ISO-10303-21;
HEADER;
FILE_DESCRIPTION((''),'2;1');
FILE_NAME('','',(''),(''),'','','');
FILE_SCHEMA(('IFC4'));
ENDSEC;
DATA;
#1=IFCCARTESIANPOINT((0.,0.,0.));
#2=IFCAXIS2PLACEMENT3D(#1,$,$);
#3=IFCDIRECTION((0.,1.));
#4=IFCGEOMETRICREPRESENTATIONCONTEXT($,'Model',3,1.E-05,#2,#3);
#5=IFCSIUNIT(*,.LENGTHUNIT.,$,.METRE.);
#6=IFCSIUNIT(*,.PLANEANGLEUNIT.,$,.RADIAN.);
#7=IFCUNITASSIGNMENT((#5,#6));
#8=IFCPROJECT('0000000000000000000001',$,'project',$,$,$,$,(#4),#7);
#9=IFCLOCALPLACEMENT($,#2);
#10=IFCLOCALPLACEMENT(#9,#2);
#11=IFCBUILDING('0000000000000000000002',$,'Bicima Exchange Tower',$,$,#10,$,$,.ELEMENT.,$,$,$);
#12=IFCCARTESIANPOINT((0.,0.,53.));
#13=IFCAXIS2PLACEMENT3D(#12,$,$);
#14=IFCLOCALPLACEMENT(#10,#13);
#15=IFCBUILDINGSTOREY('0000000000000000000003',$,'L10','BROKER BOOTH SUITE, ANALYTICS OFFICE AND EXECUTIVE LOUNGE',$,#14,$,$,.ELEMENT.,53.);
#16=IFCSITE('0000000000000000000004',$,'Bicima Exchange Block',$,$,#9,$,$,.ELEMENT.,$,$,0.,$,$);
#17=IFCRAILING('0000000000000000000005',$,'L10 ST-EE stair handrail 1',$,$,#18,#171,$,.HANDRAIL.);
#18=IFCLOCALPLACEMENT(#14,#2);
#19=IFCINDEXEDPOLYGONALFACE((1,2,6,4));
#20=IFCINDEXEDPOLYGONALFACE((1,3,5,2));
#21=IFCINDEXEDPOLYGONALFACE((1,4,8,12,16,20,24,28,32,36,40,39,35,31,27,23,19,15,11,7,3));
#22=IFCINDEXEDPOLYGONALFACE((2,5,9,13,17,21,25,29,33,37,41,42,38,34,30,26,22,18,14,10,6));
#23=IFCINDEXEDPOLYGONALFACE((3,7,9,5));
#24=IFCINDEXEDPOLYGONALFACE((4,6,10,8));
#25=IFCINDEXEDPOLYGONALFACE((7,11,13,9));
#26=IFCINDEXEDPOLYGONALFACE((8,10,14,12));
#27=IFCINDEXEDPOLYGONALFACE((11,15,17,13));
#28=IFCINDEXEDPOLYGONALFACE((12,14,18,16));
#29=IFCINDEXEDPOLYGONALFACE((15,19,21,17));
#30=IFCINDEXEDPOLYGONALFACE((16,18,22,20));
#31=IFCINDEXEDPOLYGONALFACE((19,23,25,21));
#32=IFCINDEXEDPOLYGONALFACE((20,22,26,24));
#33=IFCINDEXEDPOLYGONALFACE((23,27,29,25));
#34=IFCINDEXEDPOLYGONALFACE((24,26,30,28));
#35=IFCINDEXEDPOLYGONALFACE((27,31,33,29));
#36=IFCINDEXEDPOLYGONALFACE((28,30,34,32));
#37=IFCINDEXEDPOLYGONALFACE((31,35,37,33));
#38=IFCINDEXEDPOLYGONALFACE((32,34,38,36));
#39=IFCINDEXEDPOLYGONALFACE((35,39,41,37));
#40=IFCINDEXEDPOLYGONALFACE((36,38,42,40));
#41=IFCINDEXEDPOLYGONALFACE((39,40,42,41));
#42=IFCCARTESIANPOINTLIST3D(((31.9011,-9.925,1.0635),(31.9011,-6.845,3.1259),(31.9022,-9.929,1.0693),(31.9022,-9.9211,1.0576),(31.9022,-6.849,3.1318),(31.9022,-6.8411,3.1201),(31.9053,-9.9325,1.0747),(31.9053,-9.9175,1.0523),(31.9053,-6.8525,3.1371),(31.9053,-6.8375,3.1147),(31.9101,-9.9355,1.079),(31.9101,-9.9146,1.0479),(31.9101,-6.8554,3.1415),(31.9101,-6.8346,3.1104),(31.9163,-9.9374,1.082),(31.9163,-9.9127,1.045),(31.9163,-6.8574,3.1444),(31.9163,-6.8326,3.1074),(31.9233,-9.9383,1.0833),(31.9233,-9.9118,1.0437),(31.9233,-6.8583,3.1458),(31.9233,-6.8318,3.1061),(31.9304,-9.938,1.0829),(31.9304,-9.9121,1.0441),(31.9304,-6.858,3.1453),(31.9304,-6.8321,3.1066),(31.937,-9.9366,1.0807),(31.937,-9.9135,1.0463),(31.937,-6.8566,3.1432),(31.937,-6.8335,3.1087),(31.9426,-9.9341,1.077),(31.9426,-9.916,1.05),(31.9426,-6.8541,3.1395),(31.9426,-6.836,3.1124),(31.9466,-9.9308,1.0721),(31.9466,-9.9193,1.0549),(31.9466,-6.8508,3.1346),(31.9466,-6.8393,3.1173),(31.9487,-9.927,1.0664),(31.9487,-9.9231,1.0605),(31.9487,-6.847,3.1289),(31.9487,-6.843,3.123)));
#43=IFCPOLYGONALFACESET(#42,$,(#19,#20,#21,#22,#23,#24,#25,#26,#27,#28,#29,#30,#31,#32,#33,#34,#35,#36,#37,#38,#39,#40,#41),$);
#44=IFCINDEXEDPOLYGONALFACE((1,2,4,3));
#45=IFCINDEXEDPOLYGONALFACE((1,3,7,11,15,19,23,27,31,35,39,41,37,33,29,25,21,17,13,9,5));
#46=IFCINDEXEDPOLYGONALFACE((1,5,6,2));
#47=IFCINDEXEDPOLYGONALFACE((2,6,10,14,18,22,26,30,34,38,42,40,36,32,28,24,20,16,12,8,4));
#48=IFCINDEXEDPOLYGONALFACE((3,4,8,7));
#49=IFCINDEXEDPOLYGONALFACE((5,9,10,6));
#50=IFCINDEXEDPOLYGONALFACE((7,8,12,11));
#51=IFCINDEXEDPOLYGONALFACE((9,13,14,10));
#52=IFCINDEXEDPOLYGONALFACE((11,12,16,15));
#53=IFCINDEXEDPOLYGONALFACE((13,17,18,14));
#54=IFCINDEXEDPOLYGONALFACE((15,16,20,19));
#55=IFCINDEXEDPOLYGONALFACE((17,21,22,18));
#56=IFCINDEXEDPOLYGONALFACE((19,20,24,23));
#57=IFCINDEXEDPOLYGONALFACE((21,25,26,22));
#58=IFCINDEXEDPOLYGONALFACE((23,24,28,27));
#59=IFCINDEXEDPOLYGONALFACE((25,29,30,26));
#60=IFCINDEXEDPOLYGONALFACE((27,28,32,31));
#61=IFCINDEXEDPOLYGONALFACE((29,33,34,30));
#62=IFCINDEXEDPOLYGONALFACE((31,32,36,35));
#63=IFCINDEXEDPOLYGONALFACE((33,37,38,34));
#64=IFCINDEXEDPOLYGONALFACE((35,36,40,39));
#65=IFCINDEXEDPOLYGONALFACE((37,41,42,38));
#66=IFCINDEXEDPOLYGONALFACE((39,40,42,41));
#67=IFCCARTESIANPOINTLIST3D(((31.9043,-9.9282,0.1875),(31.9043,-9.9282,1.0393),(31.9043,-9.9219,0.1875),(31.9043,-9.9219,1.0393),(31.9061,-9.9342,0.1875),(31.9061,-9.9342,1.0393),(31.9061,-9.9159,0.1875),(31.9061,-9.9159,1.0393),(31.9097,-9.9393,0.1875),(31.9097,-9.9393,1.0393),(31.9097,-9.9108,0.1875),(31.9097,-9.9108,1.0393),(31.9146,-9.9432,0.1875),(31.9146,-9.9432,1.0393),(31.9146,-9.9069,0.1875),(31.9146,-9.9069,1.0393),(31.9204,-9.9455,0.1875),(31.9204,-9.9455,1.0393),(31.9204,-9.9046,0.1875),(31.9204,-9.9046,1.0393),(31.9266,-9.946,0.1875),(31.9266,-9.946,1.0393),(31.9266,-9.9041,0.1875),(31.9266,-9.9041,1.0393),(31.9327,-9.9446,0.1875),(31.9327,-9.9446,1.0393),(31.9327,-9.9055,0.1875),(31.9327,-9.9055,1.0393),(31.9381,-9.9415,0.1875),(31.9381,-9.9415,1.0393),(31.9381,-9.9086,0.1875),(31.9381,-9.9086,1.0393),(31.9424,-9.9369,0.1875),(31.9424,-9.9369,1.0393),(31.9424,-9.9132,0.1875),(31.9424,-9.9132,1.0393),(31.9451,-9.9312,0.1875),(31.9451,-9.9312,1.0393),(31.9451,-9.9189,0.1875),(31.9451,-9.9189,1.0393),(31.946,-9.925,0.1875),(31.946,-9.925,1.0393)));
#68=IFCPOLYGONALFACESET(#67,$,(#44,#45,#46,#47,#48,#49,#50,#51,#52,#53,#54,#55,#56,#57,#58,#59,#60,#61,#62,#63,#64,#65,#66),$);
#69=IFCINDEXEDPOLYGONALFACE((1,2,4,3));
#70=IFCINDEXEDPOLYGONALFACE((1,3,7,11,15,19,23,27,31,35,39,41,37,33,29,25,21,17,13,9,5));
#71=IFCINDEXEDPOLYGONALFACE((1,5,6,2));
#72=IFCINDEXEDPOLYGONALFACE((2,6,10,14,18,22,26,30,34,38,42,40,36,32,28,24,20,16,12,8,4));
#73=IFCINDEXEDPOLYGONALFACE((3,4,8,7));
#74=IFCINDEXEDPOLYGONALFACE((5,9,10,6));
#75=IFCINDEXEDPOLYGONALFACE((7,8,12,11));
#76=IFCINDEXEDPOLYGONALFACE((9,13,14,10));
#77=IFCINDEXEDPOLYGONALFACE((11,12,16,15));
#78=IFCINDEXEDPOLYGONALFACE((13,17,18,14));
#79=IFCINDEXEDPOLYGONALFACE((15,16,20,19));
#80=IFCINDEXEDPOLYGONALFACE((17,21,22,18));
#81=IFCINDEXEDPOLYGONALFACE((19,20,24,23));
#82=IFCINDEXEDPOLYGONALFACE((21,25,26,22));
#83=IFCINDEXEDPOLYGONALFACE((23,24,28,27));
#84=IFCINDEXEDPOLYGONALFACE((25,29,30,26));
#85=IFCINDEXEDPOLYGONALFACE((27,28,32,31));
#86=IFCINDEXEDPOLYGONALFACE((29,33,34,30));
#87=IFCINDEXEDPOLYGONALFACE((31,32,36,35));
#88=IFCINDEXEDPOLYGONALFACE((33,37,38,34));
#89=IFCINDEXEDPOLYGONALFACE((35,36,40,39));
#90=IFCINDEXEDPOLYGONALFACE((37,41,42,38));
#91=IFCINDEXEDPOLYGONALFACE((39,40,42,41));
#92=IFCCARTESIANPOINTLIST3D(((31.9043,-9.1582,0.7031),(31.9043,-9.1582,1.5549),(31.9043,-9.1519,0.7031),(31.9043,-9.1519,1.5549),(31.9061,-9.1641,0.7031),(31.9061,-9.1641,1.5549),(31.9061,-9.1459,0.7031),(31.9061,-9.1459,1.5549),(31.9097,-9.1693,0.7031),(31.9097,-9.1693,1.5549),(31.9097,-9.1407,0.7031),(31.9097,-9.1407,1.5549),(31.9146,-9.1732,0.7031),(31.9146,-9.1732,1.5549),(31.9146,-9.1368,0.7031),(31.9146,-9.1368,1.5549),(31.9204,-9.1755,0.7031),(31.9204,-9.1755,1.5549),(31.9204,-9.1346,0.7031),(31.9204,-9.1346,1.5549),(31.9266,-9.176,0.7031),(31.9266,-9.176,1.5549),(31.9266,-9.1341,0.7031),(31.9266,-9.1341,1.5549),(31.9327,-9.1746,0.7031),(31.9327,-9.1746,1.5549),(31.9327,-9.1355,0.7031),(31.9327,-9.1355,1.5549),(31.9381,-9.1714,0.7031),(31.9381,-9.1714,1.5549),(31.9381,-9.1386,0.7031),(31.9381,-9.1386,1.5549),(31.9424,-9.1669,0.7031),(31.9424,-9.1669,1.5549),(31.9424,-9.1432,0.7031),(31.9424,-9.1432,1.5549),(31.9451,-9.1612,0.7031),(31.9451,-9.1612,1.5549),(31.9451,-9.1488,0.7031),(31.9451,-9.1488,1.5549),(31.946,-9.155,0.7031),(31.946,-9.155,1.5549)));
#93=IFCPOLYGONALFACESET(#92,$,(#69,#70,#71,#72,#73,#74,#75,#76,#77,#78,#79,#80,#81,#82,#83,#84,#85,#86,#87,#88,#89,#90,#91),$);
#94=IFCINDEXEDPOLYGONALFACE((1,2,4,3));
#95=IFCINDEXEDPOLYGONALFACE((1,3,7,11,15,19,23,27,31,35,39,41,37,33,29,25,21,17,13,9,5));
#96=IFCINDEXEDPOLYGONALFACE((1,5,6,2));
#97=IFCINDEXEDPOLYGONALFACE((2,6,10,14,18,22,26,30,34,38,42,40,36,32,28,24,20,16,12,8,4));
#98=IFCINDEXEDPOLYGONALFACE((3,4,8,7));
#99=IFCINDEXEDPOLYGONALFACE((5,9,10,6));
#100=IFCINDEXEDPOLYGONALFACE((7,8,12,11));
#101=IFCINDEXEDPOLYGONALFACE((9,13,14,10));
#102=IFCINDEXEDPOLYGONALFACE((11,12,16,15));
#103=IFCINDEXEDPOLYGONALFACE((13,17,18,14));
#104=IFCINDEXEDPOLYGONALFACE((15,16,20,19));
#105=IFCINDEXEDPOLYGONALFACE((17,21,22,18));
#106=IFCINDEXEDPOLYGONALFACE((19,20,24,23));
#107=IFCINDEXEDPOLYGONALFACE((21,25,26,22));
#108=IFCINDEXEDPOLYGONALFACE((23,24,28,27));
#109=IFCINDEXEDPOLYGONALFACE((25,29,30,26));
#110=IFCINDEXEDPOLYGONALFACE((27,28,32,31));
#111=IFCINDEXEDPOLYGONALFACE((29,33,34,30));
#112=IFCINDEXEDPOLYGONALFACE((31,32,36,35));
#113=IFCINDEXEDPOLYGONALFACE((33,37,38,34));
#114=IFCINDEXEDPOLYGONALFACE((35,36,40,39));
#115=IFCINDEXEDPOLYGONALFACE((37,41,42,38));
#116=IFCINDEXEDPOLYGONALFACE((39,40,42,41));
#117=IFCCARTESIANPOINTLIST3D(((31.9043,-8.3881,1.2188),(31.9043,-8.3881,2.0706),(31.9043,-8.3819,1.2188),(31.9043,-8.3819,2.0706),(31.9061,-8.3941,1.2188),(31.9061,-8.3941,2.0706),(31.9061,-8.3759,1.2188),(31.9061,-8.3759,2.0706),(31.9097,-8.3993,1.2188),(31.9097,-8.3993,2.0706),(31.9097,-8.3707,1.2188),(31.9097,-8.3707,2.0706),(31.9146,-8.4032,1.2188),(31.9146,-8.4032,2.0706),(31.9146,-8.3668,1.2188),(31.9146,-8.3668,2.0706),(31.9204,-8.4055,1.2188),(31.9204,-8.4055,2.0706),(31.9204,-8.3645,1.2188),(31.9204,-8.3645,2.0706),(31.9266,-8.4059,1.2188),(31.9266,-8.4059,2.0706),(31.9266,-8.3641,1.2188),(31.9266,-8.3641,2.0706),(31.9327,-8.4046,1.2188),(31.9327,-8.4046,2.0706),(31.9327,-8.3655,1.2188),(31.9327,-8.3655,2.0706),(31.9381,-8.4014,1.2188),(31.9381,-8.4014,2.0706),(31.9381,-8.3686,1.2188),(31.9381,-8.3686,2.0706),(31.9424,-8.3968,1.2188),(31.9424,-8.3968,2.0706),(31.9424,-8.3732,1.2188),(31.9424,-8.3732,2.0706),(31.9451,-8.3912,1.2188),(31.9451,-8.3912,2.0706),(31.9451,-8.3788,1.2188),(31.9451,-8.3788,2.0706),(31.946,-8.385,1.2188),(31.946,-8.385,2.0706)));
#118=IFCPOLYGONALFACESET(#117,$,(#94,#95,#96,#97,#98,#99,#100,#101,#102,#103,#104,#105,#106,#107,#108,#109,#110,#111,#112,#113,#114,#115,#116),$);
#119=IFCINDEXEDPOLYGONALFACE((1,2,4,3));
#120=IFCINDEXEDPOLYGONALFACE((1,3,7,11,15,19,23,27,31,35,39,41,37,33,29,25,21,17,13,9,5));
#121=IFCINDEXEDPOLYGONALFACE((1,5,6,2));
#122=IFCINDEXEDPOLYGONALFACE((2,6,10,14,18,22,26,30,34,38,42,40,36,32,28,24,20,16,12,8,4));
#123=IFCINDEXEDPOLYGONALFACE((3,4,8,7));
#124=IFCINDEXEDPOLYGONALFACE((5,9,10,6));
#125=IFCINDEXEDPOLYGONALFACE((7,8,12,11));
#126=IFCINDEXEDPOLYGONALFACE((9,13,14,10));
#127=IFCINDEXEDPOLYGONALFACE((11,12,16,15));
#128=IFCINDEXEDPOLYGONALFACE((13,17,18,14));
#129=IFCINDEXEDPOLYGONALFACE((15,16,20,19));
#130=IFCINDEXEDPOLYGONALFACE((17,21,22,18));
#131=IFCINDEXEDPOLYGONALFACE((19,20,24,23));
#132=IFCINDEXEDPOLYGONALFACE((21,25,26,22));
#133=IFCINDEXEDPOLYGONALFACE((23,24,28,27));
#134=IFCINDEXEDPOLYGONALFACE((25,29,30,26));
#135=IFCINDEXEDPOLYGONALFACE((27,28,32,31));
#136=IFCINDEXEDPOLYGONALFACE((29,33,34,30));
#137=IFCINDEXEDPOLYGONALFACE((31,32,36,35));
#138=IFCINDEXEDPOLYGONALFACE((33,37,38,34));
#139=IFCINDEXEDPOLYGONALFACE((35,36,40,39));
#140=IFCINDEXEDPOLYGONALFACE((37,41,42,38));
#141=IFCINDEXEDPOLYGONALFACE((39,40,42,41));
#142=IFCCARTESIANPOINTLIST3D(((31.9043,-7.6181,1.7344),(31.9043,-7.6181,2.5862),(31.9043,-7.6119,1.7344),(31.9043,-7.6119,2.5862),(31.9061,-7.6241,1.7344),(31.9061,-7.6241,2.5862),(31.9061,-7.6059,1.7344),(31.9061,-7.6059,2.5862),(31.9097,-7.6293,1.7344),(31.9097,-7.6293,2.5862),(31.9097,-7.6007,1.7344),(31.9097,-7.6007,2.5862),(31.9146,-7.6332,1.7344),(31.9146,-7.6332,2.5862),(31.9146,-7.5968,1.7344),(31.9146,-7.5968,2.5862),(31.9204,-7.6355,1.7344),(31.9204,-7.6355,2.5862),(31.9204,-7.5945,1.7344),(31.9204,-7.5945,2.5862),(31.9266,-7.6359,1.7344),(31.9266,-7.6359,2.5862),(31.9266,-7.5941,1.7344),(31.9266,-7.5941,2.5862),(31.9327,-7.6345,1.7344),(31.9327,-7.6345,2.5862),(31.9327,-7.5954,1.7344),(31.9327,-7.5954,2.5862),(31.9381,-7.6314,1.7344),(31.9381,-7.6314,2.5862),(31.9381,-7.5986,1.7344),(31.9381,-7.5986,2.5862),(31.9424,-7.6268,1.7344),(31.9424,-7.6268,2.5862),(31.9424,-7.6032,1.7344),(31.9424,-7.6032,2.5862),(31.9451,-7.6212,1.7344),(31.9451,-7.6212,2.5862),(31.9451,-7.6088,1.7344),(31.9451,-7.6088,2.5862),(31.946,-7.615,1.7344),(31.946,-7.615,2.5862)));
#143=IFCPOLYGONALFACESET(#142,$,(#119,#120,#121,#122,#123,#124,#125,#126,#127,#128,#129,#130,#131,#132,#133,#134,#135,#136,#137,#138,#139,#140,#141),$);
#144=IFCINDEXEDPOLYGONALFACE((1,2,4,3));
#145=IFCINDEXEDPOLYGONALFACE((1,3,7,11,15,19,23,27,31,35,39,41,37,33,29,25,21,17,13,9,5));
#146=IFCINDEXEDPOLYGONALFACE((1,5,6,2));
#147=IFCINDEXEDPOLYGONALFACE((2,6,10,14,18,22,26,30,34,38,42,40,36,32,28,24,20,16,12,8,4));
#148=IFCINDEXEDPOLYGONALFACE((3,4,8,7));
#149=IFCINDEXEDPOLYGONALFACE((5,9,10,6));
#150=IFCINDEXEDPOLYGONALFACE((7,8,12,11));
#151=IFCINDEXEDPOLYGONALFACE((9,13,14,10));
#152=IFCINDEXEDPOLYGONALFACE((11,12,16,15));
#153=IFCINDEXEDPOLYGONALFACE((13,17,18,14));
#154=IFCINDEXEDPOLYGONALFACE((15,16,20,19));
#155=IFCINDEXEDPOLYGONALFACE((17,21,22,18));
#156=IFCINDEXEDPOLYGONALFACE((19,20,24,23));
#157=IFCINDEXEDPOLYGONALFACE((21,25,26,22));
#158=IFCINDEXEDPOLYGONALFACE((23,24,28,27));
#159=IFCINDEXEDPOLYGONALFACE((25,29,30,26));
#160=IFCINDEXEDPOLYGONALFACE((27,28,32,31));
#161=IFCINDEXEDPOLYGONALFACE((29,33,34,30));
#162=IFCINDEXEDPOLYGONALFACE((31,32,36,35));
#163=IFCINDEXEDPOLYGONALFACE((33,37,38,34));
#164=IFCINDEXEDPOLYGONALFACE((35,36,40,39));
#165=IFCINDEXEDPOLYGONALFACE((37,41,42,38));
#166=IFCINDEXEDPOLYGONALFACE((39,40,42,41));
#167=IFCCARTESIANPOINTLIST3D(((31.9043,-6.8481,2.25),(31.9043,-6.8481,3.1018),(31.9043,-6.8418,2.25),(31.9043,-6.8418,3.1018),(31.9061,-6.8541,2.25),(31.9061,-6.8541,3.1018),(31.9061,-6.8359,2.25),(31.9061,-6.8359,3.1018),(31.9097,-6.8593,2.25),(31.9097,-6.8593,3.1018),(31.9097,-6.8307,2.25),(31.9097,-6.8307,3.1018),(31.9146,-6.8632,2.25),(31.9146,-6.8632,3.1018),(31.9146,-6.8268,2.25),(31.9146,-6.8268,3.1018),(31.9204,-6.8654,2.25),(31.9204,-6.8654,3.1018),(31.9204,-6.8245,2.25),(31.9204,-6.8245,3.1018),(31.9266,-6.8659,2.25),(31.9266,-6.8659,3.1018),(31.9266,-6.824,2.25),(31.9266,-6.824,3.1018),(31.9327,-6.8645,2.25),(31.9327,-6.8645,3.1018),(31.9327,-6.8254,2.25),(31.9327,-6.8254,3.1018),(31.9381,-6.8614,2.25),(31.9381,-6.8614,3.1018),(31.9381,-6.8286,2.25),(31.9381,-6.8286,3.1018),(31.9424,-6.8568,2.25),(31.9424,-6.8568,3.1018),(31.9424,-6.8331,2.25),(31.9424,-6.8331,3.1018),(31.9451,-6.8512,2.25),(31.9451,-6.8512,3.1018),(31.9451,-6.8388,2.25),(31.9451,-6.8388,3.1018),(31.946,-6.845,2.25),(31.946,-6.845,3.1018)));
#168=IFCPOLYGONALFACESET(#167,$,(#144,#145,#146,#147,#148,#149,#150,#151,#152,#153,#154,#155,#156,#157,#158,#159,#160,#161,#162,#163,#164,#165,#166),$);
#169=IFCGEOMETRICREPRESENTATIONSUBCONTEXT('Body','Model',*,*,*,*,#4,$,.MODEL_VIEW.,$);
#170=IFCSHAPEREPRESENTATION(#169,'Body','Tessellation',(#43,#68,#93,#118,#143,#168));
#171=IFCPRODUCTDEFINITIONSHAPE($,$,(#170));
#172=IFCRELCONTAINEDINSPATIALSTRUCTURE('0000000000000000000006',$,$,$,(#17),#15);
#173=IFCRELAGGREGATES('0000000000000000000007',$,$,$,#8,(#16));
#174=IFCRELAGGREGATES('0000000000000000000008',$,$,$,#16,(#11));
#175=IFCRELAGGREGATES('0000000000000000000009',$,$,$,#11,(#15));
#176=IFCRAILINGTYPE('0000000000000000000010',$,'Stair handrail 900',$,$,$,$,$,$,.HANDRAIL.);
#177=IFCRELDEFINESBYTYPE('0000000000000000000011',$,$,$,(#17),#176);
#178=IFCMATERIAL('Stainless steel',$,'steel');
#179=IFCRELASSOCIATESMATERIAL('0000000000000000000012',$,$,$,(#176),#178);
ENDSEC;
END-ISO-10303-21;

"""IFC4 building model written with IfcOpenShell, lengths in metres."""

from ifc_helpers import new_model, si_unit, direction, frame, origin, origin_2d, place, context, subcontext, project, spatial, circle, extrude, material, type_object, element, save


model = new_model("IFC4")

# Units and contexts
model_context = context("Model", 3, precision=1e-05, world=origin(), true_north=direction((0.0, 1.0)))
body_context = subcontext(model_context, "Body", "Model", "MODEL_VIEW")
ifc_project = project(units=[si_unit("LENGTHUNIT", "METRE"), si_unit("PLANEANGLEUNIT", "RADIAN")], contexts=[model_context])

# Site, building, storey
site_placement = place(None, origin())
site = spatial("IfcSite", under=ifc_project, at=site_placement, Name="Bicima Exchange Block", CompositionType="ELEMENT", RefElevation=0.0)
building_placement = place(site_placement, origin())
building = spatial("IfcBuilding", under=site, at=building_placement, Name="Bicima Exchange Tower", CompositionType="ELEMENT")
storey_placement = place(building_placement, frame((0.0, 0.0, 53.0)))
storey = spatial("IfcBuildingStorey", under=building, at=storey_placement, Name="L10", Description="BROKER BOOTH SUITE, ANALYTICS OFFICE AND EXECUTIVE LOUNGE", CompositionType="ELEMENT", Elevation=53.0)

# Railing
ifc_material_1 = material(Name="Stainless steel", Category="steel")
railing_type_1 = type_object("IfcRailingType", Name="Stair handrail 900", PredefinedType="HANDRAIL", material=ifc_material_1)
railing_1_placement = place(storey_placement, frame((31.925, -9.925, 0.1875)))
element("IfcRailing", 1, at=railing_1_placement, inside=storey, type_object=railing_type_1, Name="L10 ST-EE stair handrail 1", PredefinedType="HANDRAIL", context=body_context, shape_type="SweptSolid", body=[
    extrude(circle(Radius=0.0239, at=origin_2d()), frame((0.0, 0.0, 0.876), z_axis=(0.0, 0.830914, 0.556401), x_axis=(-1.0, 0.0, 0.0)), (0.0, 0.0, 1.0), 3.7068),
    extrude(circle(Radius=0.021, at=origin_2d()), origin(), (0.0, 0.0, 1.0), 0.8518),
    extrude(circle(Radius=0.021, at=origin_2d()), frame((0.0, 0.77, 0.5156)), (0.0, 0.0, 1.0), 0.8518),
    extrude(circle(Radius=0.021, at=origin_2d()), frame((0.0, 1.54, 1.0312)), (0.0, 0.0, 1.0), 0.8518),
    extrude(circle(Radius=0.021, at=origin_2d()), frame((0.0, 2.3101, 1.5469)), (0.0, 0.0, 1.0), 0.8518),
    extrude(circle(Radius=0.021, at=origin_2d()), frame((0.0, 3.0801, 2.0625)), (0.0, 0.0, 1.0), 0.8518),
])

save(model, "model.ifc")
